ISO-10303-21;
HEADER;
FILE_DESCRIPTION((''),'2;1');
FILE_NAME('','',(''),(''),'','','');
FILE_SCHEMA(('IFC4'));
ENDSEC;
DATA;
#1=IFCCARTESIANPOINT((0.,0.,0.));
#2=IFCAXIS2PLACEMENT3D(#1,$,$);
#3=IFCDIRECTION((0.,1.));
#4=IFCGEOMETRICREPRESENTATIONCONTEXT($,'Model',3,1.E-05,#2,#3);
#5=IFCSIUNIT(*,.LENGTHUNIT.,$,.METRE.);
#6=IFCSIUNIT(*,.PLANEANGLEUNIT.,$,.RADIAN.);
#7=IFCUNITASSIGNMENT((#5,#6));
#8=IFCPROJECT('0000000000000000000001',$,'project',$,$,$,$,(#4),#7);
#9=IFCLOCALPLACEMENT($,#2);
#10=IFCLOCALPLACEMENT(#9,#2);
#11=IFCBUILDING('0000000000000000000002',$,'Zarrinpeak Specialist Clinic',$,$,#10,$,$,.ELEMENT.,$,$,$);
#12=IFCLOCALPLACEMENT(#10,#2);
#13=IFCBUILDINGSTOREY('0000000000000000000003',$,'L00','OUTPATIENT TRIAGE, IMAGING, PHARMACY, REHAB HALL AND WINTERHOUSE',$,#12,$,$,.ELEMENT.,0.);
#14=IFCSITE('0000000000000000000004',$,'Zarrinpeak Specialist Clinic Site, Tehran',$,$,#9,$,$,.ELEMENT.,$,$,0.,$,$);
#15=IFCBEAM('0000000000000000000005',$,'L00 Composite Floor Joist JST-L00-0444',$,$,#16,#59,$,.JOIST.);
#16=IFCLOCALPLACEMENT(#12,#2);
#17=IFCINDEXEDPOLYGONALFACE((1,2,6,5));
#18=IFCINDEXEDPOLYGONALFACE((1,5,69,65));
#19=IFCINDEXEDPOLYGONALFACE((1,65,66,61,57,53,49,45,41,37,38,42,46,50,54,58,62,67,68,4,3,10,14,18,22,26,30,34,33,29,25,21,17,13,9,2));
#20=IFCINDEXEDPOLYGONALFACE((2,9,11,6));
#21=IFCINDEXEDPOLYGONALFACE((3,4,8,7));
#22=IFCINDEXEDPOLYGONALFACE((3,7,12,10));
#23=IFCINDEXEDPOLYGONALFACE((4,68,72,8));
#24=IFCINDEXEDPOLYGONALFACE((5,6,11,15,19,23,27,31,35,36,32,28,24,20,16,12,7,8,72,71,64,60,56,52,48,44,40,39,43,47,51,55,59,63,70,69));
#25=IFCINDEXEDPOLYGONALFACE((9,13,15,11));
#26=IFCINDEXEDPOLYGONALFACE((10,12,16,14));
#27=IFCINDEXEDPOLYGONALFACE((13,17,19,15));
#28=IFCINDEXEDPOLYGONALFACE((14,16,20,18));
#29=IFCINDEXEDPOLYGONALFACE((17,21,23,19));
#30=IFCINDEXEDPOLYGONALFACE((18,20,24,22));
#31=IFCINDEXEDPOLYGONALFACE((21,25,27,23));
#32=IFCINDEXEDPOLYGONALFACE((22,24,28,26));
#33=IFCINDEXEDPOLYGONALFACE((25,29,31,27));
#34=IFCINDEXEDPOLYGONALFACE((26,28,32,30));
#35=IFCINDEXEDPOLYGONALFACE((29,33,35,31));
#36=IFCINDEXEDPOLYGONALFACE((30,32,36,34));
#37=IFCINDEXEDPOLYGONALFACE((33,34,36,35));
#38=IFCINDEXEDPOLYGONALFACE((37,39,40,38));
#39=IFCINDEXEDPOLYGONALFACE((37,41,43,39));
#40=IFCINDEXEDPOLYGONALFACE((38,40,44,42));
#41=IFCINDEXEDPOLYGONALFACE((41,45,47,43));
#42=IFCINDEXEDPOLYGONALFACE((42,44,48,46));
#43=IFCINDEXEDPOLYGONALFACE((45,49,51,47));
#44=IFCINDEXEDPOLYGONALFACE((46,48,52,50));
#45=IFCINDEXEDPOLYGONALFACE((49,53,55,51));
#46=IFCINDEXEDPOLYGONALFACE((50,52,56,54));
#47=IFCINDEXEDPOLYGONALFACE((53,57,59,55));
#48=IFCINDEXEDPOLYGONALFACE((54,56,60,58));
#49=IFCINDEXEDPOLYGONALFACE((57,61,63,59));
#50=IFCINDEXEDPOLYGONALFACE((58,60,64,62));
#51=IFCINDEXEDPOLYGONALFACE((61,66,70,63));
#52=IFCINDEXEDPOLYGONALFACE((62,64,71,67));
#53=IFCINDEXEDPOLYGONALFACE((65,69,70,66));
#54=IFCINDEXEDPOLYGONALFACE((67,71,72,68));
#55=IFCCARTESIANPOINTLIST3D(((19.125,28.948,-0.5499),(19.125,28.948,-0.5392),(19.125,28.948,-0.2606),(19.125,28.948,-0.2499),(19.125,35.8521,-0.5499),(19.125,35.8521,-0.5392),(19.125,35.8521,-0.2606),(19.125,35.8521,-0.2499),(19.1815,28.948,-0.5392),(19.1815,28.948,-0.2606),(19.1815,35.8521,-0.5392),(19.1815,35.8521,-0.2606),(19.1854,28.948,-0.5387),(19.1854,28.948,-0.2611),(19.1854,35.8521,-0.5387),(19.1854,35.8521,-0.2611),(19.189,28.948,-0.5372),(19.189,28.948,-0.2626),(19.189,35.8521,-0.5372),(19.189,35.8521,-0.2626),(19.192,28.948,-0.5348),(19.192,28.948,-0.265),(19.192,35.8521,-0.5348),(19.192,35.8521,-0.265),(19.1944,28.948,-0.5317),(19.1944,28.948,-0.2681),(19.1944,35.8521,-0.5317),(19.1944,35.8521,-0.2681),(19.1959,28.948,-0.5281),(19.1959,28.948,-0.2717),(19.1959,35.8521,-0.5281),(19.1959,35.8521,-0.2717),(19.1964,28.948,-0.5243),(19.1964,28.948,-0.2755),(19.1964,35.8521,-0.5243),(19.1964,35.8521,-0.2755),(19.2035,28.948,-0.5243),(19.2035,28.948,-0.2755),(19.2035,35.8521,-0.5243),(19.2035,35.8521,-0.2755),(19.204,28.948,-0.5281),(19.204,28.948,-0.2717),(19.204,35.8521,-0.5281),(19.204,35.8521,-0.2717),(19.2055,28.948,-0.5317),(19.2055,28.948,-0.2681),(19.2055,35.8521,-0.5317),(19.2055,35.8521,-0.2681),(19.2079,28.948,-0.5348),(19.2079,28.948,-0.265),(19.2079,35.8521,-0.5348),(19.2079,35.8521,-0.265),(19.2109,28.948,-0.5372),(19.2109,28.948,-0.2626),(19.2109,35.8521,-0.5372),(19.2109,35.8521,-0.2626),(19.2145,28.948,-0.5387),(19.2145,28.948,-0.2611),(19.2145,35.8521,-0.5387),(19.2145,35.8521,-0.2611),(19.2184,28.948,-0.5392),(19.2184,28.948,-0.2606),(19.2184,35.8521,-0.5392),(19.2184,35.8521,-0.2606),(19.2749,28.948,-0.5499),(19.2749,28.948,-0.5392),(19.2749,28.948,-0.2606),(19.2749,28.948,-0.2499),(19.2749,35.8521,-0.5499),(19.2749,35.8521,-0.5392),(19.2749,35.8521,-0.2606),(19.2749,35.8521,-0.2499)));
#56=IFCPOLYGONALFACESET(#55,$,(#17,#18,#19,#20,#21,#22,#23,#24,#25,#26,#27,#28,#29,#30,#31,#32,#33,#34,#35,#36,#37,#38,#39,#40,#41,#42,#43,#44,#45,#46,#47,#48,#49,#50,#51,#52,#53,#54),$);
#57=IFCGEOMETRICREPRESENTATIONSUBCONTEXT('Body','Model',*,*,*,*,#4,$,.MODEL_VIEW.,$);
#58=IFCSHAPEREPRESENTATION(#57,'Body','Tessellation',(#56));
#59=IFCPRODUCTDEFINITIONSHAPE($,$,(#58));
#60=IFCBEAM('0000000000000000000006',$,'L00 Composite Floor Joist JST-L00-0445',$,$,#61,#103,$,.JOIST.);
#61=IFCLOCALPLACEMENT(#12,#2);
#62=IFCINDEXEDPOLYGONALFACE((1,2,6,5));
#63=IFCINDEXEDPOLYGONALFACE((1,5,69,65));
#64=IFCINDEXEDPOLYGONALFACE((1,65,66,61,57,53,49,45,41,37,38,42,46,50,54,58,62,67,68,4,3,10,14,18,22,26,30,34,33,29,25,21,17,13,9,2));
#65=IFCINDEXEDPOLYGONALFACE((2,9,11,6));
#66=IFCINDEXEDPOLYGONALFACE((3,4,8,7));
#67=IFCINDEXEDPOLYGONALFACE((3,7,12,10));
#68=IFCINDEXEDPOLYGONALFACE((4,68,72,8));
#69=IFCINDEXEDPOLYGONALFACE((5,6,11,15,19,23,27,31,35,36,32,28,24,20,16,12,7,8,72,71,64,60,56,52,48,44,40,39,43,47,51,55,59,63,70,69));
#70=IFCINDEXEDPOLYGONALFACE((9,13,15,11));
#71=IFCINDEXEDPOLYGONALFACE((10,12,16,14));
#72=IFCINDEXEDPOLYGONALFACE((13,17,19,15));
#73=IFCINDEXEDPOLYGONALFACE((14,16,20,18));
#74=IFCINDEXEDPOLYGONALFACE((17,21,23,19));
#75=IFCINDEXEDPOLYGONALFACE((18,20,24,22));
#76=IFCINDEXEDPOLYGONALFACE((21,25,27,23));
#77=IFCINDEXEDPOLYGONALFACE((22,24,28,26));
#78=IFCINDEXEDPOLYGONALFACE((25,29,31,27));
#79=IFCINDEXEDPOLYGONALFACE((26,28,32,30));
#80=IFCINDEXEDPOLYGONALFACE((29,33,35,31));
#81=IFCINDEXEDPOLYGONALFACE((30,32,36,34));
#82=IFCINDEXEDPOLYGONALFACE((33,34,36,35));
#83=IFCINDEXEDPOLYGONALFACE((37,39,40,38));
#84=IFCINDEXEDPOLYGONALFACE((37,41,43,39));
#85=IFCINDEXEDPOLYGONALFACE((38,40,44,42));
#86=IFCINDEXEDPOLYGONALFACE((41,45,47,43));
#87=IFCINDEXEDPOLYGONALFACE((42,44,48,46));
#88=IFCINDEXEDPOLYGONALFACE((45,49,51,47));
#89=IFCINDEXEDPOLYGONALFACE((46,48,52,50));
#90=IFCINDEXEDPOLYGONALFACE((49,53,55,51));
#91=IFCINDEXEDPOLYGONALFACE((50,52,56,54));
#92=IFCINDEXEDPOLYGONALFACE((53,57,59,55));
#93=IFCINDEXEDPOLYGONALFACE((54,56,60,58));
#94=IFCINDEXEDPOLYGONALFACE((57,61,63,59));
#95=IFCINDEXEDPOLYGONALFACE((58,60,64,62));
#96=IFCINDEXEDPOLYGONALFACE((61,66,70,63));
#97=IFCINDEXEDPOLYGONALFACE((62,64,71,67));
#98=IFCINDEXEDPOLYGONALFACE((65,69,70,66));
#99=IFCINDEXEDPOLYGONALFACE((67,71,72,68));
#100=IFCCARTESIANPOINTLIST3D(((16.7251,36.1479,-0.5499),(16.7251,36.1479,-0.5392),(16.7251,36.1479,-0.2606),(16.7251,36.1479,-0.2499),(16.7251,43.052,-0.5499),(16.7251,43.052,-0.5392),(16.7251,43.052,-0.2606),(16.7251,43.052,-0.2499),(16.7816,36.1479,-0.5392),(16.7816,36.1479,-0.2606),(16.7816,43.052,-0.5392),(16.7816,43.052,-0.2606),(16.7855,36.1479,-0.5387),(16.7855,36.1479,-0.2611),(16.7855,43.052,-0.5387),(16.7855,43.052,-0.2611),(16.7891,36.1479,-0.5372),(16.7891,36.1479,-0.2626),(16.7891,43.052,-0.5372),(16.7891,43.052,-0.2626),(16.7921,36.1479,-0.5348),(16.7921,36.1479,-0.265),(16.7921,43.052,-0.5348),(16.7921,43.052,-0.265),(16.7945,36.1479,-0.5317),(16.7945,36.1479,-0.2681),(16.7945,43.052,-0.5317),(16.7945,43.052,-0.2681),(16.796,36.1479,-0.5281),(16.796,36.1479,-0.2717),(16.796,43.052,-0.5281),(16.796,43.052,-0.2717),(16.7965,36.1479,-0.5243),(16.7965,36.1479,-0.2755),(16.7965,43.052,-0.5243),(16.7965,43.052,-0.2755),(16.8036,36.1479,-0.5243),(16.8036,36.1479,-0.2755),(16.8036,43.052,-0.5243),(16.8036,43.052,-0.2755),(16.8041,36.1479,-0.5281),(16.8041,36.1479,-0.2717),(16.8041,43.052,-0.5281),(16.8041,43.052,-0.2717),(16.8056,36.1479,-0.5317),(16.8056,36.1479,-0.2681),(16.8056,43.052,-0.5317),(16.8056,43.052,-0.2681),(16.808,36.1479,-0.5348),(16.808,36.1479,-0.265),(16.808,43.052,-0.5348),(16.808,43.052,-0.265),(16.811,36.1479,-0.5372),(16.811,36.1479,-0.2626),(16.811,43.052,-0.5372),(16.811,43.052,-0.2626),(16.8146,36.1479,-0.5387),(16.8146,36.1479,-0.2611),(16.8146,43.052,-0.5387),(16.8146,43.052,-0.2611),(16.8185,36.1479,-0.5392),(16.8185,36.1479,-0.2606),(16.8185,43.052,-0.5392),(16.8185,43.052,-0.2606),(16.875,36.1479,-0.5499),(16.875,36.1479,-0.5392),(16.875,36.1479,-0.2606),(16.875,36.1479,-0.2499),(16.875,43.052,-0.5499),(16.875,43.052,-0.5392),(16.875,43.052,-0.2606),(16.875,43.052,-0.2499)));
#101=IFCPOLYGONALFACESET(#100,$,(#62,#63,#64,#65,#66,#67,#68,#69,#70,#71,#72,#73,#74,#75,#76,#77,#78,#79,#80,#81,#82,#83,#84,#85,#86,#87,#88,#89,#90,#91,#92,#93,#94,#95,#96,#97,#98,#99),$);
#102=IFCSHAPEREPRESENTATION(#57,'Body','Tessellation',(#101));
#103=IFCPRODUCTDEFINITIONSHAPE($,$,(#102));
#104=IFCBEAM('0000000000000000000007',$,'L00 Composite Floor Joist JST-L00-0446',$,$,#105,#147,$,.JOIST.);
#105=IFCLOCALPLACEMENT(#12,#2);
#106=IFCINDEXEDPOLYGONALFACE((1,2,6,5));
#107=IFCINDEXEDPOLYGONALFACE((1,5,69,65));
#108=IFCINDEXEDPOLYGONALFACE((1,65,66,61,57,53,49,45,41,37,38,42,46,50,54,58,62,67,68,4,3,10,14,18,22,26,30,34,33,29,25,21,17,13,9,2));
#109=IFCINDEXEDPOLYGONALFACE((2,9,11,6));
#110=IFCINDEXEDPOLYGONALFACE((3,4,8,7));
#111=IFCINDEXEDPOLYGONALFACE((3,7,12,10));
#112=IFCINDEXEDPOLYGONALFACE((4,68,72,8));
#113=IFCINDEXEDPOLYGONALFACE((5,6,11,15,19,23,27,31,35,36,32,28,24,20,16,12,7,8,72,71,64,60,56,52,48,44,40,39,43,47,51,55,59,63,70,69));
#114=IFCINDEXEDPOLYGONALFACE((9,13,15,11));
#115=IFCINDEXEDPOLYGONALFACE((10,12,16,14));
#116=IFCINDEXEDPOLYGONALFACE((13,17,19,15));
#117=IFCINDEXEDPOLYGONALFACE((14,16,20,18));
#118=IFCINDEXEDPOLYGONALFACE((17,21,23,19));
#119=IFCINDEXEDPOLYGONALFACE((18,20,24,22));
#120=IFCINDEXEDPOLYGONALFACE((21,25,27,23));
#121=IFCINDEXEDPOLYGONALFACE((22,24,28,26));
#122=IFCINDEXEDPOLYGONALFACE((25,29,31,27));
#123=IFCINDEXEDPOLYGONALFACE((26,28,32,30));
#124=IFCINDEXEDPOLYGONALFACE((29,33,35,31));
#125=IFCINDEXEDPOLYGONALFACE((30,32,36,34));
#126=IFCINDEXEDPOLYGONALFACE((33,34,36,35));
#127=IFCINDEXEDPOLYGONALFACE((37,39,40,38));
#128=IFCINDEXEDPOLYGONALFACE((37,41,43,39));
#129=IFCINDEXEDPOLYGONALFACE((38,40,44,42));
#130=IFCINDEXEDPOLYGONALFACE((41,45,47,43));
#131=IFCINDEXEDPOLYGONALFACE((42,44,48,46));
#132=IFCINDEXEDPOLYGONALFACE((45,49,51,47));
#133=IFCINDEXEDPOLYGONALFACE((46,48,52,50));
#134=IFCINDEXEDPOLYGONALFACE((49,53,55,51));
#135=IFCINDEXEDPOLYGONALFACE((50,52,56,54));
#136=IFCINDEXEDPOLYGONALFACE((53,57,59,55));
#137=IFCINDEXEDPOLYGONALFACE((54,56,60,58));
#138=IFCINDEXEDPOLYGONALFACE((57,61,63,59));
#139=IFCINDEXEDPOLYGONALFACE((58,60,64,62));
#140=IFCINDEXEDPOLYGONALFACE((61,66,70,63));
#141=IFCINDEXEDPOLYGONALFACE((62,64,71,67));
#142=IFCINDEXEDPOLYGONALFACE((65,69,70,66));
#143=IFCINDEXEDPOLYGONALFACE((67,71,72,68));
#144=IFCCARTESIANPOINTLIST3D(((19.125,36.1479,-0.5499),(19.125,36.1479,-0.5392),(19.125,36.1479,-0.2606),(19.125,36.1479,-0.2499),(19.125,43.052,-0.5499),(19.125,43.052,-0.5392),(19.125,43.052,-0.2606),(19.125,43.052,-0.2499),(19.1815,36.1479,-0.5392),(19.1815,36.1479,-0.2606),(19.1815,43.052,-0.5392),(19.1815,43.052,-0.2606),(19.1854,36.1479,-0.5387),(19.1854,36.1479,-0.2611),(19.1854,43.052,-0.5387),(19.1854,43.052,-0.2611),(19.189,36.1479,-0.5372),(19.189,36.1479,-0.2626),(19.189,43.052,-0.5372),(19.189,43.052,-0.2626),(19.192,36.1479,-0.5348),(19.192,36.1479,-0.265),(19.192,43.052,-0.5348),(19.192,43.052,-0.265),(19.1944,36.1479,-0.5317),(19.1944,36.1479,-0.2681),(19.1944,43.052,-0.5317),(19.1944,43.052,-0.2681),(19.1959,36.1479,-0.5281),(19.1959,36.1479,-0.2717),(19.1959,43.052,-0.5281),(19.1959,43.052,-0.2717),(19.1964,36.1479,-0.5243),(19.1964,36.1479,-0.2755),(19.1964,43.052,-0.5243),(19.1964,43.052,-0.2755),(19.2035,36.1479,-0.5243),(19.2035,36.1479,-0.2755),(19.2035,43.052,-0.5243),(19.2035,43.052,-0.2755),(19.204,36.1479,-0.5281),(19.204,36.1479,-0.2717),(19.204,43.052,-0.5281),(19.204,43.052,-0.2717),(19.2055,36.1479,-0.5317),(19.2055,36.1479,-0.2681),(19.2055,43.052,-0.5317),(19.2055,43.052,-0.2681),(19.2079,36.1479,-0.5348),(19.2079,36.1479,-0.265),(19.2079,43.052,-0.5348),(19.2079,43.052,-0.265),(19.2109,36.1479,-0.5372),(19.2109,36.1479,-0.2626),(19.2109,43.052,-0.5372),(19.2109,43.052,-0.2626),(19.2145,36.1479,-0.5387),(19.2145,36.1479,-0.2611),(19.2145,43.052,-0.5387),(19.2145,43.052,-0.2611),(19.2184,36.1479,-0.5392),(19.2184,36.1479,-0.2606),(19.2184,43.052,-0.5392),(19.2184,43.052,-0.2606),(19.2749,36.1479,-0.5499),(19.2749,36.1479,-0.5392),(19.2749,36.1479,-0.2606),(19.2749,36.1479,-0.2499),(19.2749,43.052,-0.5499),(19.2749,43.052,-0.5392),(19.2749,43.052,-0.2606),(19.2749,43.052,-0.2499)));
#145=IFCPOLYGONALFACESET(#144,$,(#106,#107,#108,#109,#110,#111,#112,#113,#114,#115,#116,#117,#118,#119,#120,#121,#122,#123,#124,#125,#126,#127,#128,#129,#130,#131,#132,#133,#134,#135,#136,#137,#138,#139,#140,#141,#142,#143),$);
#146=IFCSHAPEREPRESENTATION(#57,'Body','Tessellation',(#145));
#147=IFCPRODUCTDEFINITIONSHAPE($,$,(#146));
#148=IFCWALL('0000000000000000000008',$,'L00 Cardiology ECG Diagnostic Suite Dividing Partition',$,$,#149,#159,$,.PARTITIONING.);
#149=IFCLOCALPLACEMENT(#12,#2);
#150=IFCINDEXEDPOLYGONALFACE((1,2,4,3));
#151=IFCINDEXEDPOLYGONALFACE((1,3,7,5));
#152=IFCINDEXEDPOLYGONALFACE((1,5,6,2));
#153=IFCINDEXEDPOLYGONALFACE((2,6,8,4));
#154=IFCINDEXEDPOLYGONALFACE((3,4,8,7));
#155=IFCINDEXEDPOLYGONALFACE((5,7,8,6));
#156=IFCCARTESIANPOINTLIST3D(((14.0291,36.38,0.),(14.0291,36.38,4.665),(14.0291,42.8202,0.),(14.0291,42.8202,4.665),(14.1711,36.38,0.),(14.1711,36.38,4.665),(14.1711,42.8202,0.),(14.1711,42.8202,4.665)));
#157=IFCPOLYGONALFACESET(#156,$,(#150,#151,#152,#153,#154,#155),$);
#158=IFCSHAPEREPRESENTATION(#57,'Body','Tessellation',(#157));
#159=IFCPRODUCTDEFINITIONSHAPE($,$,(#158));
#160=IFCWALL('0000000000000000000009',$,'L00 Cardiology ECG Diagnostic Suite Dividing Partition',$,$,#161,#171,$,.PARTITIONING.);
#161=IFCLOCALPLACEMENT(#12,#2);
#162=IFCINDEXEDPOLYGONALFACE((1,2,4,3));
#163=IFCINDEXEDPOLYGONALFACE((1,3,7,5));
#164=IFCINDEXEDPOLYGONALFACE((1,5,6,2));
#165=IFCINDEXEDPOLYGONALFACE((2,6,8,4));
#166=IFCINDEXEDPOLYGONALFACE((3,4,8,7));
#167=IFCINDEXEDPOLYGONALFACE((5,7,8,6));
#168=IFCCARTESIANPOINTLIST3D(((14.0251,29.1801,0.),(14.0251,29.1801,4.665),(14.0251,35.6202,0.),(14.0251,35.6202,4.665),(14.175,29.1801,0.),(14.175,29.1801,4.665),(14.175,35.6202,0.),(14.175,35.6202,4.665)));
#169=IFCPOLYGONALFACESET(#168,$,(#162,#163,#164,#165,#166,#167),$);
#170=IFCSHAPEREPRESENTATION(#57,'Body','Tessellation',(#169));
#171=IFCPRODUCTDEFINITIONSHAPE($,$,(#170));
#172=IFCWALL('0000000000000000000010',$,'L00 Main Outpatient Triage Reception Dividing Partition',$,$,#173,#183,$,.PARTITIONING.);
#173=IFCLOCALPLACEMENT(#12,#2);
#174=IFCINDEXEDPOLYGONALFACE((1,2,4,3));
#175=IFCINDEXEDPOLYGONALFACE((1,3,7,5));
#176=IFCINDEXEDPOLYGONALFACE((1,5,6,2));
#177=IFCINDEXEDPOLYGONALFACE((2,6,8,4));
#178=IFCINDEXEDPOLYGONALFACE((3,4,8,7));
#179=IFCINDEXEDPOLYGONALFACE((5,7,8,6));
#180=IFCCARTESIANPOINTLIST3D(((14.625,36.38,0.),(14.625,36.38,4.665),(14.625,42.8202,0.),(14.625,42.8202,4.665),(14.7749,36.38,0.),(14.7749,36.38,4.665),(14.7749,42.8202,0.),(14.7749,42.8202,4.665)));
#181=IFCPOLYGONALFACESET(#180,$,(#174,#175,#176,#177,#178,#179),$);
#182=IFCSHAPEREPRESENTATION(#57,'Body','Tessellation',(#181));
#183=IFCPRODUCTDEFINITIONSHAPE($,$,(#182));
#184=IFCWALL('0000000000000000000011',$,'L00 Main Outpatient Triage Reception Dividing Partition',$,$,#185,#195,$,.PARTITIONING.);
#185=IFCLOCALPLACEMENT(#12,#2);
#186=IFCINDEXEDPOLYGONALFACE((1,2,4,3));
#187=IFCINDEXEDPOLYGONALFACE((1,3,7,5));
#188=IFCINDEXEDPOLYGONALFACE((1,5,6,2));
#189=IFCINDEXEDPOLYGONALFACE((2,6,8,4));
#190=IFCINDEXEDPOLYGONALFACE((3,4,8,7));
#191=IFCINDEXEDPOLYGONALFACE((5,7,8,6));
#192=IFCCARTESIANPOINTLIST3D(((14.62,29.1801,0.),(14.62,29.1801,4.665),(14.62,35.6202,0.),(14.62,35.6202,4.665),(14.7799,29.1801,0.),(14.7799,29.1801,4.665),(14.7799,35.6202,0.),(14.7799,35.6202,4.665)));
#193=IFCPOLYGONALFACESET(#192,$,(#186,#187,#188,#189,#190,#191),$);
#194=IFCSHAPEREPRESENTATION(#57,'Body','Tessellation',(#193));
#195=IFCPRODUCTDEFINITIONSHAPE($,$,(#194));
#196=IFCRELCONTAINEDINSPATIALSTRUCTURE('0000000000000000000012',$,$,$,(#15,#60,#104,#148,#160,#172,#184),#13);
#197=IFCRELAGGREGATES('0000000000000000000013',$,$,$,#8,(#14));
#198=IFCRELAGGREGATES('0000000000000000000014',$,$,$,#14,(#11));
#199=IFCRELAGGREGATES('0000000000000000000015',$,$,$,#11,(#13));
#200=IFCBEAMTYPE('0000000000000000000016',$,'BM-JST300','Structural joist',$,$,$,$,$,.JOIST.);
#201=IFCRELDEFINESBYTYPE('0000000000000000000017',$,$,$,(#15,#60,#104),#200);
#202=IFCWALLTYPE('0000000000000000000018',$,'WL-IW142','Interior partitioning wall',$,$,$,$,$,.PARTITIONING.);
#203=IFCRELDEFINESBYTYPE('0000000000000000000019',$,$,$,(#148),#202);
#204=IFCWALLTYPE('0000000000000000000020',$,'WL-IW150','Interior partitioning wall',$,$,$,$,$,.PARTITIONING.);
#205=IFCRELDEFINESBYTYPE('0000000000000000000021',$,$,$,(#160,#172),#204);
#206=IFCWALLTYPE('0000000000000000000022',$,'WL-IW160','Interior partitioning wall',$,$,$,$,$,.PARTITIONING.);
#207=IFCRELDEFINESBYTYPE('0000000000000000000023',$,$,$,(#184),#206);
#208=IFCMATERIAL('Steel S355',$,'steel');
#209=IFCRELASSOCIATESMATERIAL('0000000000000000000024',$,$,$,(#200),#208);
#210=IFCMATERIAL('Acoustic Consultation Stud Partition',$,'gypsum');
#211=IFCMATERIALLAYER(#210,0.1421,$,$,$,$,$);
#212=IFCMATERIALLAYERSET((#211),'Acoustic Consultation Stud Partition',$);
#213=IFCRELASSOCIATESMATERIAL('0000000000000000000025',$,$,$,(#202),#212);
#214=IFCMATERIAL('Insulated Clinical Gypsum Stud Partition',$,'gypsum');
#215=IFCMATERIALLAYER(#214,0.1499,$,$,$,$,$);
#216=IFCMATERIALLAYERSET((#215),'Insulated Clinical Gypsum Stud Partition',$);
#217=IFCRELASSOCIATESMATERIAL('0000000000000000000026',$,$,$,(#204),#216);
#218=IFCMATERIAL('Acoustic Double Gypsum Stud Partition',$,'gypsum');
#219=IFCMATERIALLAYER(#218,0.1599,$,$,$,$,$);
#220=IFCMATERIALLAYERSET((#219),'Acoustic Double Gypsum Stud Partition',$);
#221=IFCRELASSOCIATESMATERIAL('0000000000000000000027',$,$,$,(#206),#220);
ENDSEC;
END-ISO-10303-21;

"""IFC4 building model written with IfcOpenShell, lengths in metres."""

from ifc_helpers import new_model, si_unit, direction, frame, frame_2d, origin, origin_2d, place, context, subcontext, project, spatial, rectangle, i_section, extrude, material, layer, layer_set, material_profile, profile_set, type_object, element, save


model = new_model("IFC4")

# Units and contexts
model_context = context("Model", 3, precision=1e-05, world=origin(), true_north=direction((0.0, 1.0)))
body_context = subcontext(model_context, "Body", "Model", "MODEL_VIEW")
ifc_project = project(units=[si_unit("LENGTHUNIT", "METRE"), si_unit("PLANEANGLEUNIT", "RADIAN")], contexts=[model_context])

# Site, building, storey
site_placement = place(None, origin())
site = spatial("IfcSite", under=ifc_project, at=site_placement, Name="Zarrinpeak Specialist Clinic Site, Tehran", CompositionType="ELEMENT", RefElevation=0.0)
building_placement = place(site_placement, origin())
building = spatial("IfcBuilding", under=site, at=building_placement, Name="Zarrinpeak Specialist Clinic", CompositionType="ELEMENT")
storey_placement = place(building_placement, origin())
storey = spatial("IfcBuildingStorey", under=building, at=storey_placement, Name="L00", Description="OUTPATIENT TRIAGE, IMAGING, PHARMACY, REHAB HALL AND WINTERHOUSE", CompositionType="ELEMENT", Elevation=0.0)

# Shared definitions
ifc_material_1 = material(Name="Steel S355", Category="steel")

# Beams
ifc_material_profile_1 = material_profile(ifc_material_1, i_section(OverallWidth=0.1499, OverallDepth=0.3, WebThickness=0.0071, FlangeThickness=0.0107, FilletRadius=0.0149, at=origin_2d()), Name="IPE 300")
ifc_profile_set_1 = profile_set([ifc_material_profile_1], Name="Steel S355")
beam_type_1 = type_object("IfcBeamType", Name="BM-JST300", Description="Structural joist", PredefinedType="JOIST", material=ifc_profile_set_1)
for number, where, z_axis, x_axis, name in (
    (1, (19.2, 28.948, -0.3999), (0.0, 1.0, 0.0), (-1.0, 0.0, 0.0), "L00 Composite Floor Joist JST-L00-0444"),
    (2, (16.8, 36.1479, -0.3999), (0.0, 1.0, 0.0), (-1.0, 0.0, 0.0), "L00 Composite Floor Joist JST-L00-0445"),
    (3, (19.2, 36.1479, -0.3999), (0.0, 1.0, 0.0), (-1.0, 0.0, 0.0), "L00 Composite Floor Joist JST-L00-0446"),
):
    element("IfcBeam", number, at=place(storey_placement, frame(where, z_axis=z_axis, x_axis=x_axis)), inside=storey, type_object=beam_type_1, Name=name, PredefinedType="JOIST", context=body_context, shape_type="SweptSolid", body=[
        extrude(i_section(OverallWidth=0.1499, OverallDepth=0.3, WebThickness=0.0071, FlangeThickness=0.0107, FilletRadius=0.0149, at=origin_2d()), origin(), (0.0, 0.0, 1.0), 6.9041),
    ])

# Walls
ifc_material_2 = material(Name="Acoustic Consultation Stud Partition", Category="gypsum")
ifc_layer_1 = layer(ifc_material_2, 0.1421)
ifc_layer_set_1 = layer_set([ifc_layer_1], Name="Acoustic Consultation Stud Partition")
wall_type_1 = type_object("IfcWallType", Name="WL-IW142", Description="Interior partitioning wall", PredefinedType="PARTITIONING", material=ifc_layer_set_1)
wall_1_placement = place(storey_placement, frame((14.1001, 36.3799, 0.0), z_axis=(0.0, 0.0, 1.0), x_axis=(0.0, 1.0, 0.0)))
element("IfcWall", 4, at=wall_1_placement, inside=storey, type_object=wall_type_1, Name="L00 Cardiology ECG Diagnostic Suite Dividing Partition", PredefinedType="PARTITIONING", context=body_context, shape_type="SweptSolid", body=[
    extrude(rectangle(XDim=6.4402, YDim=0.1421, at=frame_2d((3.2202, 0.0))), origin(), (0.0, 0.0, 1.0), 4.665),
])
ifc_material_3 = material(Name="Insulated Clinical Gypsum Stud Partition", Category="gypsum")
ifc_layer_2 = layer(ifc_material_3, 0.1499)
ifc_layer_set_2 = layer_set([ifc_layer_2], Name="Insulated Clinical Gypsum Stud Partition")
wall_type_2 = type_object("IfcWallType", Name="WL-IW150", Description="Interior partitioning wall", PredefinedType="PARTITIONING", material=ifc_layer_set_2)
for number, where, z_axis, x_axis, name in (
    (5, (14.1001, 29.1799, 0.0), (0.0, 0.0, 1.0), (0.0, 1.0, 0.0), "L00 Cardiology ECG Diagnostic Suite Dividing Partition"),
    (6, (14.7, 36.3799, 0.0), (0.0, 0.0, 1.0), (0.0, 1.0, 0.0), "L00 Main Outpatient Triage Reception Dividing Partition"),
):
    element("IfcWall", number, at=place(storey_placement, frame(where, z_axis=z_axis, x_axis=x_axis)), inside=storey, type_object=wall_type_2, Name=name, PredefinedType="PARTITIONING", context=body_context, shape_type="SweptSolid", body=[
        extrude(rectangle(XDim=6.4402, YDim=0.1499, at=frame_2d((3.2202, 0.0))), origin(), (0.0, 0.0, 1.0), 4.665),
    ])
ifc_material_4 = material(Name="Acoustic Double Gypsum Stud Partition", Category="gypsum")
ifc_layer_3 = layer(ifc_material_4, 0.1599)
ifc_layer_set_3 = layer_set([ifc_layer_3], Name="Acoustic Double Gypsum Stud Partition")
wall_type_3 = type_object("IfcWallType", Name="WL-IW160", Description="Interior partitioning wall", PredefinedType="PARTITIONING", material=ifc_layer_set_3)
wall_2_placement = place(storey_placement, frame((14.7, 29.1799, 0.0), z_axis=(0.0, 0.0, 1.0), x_axis=(0.0, 1.0, 0.0)))
element("IfcWall", 7, at=wall_2_placement, inside=storey, type_object=wall_type_3, Name="L00 Main Outpatient Triage Reception Dividing Partition", PredefinedType="PARTITIONING", context=body_context, shape_type="SweptSolid", body=[
    extrude(rectangle(XDim=6.4402, YDim=0.1599, at=frame_2d((3.2202, 0.0))), origin(), (0.0, 0.0, 1.0), 4.665),
])

save(model, "model.ifc")
